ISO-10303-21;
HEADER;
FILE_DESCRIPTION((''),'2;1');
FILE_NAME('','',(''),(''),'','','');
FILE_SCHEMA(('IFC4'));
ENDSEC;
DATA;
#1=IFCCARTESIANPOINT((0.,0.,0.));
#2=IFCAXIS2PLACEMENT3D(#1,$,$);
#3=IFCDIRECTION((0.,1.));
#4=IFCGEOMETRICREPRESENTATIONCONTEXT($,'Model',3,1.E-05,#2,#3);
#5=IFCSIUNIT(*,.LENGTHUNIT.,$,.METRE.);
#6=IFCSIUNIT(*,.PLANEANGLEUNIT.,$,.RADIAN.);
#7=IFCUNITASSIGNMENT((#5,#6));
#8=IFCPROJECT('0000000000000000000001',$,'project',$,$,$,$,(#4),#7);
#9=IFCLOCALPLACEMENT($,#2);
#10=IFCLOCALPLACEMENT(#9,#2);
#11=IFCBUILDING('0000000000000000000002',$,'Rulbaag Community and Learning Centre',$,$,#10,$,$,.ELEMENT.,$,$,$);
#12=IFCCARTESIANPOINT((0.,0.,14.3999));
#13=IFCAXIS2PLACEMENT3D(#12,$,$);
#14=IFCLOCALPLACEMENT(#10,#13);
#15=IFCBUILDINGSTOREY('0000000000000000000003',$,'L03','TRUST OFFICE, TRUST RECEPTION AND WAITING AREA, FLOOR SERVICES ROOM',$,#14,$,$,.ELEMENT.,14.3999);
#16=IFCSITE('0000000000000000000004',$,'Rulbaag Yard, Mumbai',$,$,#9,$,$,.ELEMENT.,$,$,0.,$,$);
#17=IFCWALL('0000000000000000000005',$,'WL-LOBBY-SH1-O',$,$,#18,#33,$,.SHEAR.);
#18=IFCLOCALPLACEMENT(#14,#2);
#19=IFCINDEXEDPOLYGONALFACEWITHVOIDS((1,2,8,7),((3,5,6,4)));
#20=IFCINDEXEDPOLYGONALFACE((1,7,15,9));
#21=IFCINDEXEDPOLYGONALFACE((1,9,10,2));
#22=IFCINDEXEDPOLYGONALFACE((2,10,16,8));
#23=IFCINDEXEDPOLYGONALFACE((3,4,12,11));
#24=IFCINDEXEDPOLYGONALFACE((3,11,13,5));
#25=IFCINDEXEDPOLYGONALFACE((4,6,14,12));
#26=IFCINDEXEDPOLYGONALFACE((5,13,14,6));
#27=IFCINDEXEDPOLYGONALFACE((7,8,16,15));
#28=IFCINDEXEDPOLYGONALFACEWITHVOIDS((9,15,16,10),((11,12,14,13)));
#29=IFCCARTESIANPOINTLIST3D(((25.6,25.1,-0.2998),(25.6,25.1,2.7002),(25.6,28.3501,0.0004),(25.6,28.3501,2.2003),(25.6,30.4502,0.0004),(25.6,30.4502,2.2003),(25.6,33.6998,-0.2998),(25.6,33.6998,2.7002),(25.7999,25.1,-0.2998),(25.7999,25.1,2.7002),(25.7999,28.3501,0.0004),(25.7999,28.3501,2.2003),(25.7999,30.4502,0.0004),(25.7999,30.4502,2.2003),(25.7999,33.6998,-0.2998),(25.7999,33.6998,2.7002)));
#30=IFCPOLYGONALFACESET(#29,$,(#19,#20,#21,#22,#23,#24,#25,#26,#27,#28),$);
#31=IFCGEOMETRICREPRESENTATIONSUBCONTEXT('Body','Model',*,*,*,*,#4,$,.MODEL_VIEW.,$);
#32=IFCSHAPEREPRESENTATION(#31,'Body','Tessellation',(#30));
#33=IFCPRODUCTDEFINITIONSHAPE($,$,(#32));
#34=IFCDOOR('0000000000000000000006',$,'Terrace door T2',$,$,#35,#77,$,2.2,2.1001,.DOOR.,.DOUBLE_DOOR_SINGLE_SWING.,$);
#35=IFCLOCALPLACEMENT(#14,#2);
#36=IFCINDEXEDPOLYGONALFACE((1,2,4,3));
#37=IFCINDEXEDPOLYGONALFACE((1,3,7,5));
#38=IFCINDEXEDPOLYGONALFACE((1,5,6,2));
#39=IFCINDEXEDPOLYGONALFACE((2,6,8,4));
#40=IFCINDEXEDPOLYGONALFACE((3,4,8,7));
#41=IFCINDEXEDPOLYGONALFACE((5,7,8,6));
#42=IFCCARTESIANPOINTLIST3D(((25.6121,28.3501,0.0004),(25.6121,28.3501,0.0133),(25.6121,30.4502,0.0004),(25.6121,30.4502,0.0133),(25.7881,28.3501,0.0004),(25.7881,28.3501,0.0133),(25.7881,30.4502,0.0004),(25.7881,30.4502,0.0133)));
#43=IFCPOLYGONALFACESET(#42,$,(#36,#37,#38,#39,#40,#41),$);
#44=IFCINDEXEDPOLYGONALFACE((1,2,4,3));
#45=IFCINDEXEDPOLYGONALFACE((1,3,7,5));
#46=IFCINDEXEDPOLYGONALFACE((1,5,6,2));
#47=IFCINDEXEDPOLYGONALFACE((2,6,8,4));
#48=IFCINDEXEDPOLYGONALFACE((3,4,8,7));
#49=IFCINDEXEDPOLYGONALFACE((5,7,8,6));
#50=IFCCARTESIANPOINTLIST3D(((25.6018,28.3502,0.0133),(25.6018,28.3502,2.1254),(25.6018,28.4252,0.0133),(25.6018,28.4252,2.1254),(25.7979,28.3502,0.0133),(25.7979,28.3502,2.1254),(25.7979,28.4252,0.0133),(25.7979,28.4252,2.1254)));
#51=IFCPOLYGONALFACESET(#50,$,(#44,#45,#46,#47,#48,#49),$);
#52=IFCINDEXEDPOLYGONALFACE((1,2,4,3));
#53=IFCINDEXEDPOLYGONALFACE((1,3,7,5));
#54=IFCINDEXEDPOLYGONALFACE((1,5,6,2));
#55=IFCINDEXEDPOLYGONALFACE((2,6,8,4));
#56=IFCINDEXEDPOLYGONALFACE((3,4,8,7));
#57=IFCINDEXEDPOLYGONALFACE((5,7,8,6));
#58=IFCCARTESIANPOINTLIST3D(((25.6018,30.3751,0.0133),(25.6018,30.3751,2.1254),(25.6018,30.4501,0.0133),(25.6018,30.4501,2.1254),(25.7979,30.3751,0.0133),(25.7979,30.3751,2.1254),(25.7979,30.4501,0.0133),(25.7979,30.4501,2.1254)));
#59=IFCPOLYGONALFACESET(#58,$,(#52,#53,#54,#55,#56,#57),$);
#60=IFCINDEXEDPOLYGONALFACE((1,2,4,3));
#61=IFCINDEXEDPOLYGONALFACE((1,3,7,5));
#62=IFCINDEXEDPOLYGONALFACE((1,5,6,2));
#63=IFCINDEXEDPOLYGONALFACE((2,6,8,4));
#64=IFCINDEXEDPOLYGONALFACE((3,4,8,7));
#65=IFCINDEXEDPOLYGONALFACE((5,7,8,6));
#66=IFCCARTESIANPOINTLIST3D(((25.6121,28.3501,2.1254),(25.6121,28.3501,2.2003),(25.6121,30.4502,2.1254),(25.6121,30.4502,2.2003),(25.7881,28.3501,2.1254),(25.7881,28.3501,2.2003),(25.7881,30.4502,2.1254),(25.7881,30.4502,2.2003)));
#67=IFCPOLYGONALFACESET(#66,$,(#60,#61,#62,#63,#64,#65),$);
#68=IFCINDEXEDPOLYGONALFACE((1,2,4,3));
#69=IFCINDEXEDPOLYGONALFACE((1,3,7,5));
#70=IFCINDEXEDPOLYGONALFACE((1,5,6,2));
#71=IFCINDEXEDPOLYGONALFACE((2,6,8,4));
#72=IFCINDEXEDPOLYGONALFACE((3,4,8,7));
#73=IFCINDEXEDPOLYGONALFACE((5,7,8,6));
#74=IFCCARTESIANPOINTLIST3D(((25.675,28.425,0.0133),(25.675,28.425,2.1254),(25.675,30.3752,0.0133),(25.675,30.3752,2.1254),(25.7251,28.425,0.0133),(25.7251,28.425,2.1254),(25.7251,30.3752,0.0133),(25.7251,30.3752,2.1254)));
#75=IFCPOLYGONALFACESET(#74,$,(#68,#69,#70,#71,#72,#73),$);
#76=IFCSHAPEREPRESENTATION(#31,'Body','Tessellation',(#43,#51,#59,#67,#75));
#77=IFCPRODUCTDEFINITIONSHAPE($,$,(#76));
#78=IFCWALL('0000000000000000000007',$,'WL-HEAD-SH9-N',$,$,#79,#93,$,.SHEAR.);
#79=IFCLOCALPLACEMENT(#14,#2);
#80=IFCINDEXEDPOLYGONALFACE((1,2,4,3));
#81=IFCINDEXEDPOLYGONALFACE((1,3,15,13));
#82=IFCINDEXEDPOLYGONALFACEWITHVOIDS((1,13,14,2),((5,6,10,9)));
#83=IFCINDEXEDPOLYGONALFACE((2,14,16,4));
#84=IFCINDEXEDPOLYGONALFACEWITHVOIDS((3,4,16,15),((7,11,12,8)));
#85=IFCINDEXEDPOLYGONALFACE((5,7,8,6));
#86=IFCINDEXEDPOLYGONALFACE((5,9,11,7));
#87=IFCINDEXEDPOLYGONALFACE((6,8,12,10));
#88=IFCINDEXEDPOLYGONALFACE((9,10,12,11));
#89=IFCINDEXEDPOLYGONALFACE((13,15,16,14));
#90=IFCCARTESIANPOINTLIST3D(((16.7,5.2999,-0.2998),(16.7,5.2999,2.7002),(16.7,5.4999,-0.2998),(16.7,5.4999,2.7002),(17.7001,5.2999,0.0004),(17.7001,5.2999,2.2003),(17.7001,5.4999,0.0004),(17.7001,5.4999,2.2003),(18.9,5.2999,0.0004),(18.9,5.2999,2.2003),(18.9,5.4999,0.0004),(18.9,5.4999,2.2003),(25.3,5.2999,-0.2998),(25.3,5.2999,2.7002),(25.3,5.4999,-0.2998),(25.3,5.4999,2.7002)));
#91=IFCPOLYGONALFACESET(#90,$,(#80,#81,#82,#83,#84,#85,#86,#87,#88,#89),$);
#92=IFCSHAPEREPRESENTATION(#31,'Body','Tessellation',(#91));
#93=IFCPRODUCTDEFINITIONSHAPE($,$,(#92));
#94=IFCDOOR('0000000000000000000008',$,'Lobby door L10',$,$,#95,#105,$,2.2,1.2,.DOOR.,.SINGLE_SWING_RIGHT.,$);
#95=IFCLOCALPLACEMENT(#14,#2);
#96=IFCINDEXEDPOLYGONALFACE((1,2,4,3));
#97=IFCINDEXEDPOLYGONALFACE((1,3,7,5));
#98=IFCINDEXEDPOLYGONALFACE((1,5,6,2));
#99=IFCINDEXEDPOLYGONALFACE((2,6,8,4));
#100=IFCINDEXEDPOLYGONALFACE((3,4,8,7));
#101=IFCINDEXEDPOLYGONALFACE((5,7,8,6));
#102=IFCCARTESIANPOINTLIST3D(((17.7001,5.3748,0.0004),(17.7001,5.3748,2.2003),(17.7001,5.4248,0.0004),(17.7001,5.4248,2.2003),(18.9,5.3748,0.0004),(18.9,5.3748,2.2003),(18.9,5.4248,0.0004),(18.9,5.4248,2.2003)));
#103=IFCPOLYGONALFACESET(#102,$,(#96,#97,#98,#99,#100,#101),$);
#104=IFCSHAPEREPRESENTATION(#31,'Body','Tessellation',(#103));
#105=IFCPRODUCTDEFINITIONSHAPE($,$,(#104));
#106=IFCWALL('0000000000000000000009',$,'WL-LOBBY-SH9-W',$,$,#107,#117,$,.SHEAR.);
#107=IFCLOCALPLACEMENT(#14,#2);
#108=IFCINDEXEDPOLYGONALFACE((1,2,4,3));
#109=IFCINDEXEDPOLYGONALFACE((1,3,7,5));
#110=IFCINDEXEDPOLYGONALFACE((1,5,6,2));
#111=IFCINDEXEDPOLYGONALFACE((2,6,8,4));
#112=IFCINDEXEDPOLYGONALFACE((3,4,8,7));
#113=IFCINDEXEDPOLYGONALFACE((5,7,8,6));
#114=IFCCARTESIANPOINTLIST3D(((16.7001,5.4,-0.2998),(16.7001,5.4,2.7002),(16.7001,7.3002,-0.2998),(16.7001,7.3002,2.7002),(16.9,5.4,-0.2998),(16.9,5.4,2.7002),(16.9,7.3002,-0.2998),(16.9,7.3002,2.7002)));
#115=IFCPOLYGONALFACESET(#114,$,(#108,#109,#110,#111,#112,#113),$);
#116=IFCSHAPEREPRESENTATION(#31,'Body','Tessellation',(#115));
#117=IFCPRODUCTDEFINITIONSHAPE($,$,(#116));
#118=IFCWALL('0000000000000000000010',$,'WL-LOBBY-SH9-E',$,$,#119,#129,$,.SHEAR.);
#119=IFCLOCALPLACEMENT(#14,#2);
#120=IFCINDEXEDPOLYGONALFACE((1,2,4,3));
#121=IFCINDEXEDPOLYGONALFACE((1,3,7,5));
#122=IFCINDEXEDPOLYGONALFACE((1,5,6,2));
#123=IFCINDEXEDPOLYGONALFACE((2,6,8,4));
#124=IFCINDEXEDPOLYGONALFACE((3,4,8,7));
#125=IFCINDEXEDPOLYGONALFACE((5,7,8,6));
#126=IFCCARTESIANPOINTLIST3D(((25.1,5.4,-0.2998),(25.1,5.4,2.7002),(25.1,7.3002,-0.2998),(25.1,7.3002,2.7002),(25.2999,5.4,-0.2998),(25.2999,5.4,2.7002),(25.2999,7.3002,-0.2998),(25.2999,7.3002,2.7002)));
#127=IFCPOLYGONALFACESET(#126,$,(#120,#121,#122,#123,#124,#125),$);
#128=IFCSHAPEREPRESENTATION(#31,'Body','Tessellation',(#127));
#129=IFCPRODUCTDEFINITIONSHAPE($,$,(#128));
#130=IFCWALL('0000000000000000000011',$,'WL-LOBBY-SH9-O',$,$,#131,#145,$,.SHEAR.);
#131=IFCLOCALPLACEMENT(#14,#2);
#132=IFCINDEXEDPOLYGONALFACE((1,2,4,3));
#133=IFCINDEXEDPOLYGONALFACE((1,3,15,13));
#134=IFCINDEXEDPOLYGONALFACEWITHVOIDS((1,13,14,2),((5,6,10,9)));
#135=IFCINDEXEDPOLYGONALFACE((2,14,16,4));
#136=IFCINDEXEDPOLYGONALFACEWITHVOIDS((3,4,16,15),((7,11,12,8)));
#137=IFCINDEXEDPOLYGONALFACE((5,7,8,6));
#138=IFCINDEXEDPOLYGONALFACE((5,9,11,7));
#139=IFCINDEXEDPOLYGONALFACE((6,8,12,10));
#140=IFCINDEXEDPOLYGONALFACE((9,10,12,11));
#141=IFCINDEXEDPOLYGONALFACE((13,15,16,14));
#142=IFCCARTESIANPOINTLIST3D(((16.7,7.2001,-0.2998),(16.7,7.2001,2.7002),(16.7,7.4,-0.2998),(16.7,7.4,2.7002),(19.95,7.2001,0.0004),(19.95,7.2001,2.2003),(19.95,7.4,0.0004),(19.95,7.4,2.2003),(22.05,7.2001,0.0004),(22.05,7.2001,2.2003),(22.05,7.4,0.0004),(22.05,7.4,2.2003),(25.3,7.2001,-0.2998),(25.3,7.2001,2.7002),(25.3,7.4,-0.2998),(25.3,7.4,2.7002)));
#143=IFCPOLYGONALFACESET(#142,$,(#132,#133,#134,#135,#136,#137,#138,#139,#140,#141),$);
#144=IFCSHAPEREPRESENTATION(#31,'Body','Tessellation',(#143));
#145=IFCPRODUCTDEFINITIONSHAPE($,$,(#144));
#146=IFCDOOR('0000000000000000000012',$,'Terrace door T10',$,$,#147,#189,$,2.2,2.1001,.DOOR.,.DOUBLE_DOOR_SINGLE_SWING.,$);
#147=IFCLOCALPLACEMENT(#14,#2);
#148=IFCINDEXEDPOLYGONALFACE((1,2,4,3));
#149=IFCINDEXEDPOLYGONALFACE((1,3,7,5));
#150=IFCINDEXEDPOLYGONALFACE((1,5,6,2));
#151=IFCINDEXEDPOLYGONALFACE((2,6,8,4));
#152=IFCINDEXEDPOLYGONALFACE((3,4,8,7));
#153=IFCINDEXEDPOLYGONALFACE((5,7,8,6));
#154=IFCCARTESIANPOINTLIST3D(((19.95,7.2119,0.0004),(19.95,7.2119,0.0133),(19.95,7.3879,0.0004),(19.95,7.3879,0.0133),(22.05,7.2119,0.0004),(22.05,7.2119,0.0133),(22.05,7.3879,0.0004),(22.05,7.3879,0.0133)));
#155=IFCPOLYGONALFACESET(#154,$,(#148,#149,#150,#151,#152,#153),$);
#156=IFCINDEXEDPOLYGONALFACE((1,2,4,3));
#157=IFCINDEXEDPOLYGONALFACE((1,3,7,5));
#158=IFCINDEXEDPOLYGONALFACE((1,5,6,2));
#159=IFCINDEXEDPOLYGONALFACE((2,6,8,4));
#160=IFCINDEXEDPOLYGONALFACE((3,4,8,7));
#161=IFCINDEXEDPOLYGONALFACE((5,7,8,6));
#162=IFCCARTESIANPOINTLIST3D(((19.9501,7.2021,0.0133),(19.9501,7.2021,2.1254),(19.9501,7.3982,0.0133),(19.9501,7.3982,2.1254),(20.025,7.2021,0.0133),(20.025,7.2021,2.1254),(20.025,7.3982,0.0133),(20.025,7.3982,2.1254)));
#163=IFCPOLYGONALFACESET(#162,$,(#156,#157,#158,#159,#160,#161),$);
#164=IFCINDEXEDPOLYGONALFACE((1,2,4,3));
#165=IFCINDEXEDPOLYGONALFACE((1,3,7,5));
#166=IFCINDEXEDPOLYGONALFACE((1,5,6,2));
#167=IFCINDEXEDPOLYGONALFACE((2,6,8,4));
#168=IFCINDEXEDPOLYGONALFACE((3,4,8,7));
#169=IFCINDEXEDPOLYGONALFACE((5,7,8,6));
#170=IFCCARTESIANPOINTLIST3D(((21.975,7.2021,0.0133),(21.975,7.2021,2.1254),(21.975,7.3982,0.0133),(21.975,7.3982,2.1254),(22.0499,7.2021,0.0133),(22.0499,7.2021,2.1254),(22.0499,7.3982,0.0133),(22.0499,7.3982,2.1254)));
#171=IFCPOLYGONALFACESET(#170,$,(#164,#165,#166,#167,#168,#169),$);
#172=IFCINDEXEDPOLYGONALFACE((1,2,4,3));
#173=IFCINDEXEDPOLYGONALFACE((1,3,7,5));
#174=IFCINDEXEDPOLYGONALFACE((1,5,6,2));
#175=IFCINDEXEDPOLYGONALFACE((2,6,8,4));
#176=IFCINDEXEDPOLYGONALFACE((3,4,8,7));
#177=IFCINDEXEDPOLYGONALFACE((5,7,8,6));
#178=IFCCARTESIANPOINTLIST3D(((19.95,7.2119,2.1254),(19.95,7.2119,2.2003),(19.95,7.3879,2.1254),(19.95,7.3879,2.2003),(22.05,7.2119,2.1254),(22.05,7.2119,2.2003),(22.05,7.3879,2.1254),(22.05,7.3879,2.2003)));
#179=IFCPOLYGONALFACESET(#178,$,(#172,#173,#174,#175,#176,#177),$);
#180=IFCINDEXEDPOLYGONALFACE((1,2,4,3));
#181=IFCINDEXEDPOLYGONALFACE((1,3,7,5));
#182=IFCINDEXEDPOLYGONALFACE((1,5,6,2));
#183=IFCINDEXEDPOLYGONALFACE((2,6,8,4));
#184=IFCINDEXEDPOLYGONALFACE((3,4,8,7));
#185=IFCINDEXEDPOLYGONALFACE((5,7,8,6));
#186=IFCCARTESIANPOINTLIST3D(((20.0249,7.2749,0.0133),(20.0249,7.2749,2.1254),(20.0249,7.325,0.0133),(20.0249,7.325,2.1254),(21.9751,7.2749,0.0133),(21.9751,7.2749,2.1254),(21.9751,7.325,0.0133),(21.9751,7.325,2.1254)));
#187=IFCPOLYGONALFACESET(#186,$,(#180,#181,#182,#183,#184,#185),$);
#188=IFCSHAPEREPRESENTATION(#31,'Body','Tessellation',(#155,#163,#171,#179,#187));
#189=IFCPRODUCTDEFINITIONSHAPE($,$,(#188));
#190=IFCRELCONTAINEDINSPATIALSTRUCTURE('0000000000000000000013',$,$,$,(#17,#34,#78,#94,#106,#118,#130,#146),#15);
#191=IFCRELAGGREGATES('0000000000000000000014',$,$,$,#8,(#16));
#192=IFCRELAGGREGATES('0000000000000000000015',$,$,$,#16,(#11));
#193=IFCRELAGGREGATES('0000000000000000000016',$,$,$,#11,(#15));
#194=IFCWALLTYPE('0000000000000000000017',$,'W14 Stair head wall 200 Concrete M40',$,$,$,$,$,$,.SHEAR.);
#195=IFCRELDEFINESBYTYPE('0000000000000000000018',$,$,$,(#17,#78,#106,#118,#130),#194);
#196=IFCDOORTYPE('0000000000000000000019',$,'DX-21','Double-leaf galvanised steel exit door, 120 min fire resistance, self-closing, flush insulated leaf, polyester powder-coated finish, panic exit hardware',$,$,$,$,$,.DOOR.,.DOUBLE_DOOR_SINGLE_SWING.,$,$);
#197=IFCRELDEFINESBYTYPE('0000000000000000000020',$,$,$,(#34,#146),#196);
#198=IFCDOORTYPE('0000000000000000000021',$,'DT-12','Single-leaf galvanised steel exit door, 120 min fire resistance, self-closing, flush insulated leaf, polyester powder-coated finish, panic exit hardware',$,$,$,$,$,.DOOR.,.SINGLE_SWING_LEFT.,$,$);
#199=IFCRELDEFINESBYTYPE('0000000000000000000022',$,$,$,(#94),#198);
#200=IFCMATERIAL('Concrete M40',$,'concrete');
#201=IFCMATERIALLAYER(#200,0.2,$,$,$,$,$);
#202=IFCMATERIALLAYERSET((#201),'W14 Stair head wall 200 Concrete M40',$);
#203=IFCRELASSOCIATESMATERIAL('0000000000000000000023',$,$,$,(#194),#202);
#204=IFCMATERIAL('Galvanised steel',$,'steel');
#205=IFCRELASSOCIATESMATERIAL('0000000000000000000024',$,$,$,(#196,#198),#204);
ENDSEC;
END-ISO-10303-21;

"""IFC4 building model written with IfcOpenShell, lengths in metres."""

from ifc_helpers import new_model, si_unit, direction, frame, frame_2d, origin, place, context, subcontext, project, spatial, rectangle, extrude, material, layer, layer_set, type_object, element, fill, save


model = new_model("IFC4")

# Units and contexts
model_context = context("Model", 3, precision=1e-05, world=origin(), true_north=direction((0.0, 1.0)))
body_context = subcontext(model_context, "Body", "Model", "MODEL_VIEW")
ifc_project = project(units=[si_unit("LENGTHUNIT", "METRE"), si_unit("PLANEANGLEUNIT", "RADIAN")], contexts=[model_context])

# Site, building, storey
site_placement = place(None, origin())
site = spatial("IfcSite", under=ifc_project, at=site_placement, Name="Rulbaag Yard, Mumbai", CompositionType="ELEMENT", RefElevation=0.0)
building_placement = place(site_placement, origin())
building = spatial("IfcBuilding", under=site, at=building_placement, Name="Rulbaag Community and Learning Centre", CompositionType="ELEMENT")
storey_placement = place(building_placement, frame((0.0, 0.0, 14.3999)))
storey = spatial("IfcBuildingStorey", under=building, at=storey_placement, Name="L03", Description="TRUST OFFICE, TRUST RECEPTION AND WAITING AREA, FLOOR SERVICES ROOM", CompositionType="ELEMENT", Elevation=14.3999)

# Shared definitions
ifc_material_1 = material(Name="Concrete M40", Category="concrete")

# Shared definitions
ifc_layer_1 = layer(ifc_material_1, 0.2)
ifc_layer_set_1 = layer_set([ifc_layer_1], Name="W14 Stair head wall 200 Concrete M40")
wall_type_1 = type_object("IfcWallType", Name="W14 Stair head wall 200 Concrete M40", PredefinedType="SHEAR", material=ifc_layer_set_1)

# Walls, openings, doors
wall_1_placement = place(storey_placement, frame((25.7, 25.1001, -0.2998), z_axis=(0.0, 0.0, 1.0), x_axis=(0.0, 1.0, 0.0)))
wall_1 = element("IfcWall", 1, at=wall_1_placement, inside=storey, type_object=wall_type_1, Name="WL-LOBBY-SH1-O", PredefinedType="SHEAR", context=body_context, shape_type="SweptSolid", body=[
    extrude(rectangle(XDim=8.5999, YDim=0.2, at=frame_2d((4.2998, 0.0))), origin(), (0.0, 0.0, 1.0), 3.0),
])
opening_1_placement = place(wall_1_placement, frame((3.25, 0.0, 0.3)))
opening_1 = element("IfcOpeningElement", 2, at=opening_1_placement, cuts=wall_1, PredefinedType="OPENING", context=body_context, shape_type="SweptSolid", body=[
    extrude(rectangle(XDim=2.1001, YDim=2.2, at=frame_2d((1.05, 1.1001))), frame((0.0, 0.1099, 0.0), z_axis=(0.0, -1.0, 0.0), x_axis=(1.0, 0.0, 0.0)), (0.0, 0.0, 1.0), 0.22),
])
ifc_material_2 = material(Name="Galvanised steel", Category="steel")
door_type_1 = type_object("IfcDoorType", Name="DX-21", Description="Double-leaf galvanised steel exit door, 120 min fire resistance, self-closing, flush insulated leaf, polyester powder-coated finish, panic exit hardware", OperationType="DOUBLE_DOOR_SINGLE_SWING", PredefinedType="DOOR", material=ifc_material_2)
door_1_placement = place(opening_1_placement, origin())
door_1 = element("IfcDoor", 3, at=door_1_placement, inside=storey, type_object=door_type_1, Name="Terrace door T2", OperationType="DOUBLE_DOOR_SINGLE_SWING", OverallHeight=2.2, OverallWidth=2.1001, PredefinedType="DOOR", context=body_context, shape_type="SweptSolid", body=[
    extrude(rectangle(XDim=2.1001, YDim=0.0129, at=frame_2d((1.05, 0.0066))), frame((0.0, 0.0879, 0.0), z_axis=(0.0, -1.0, 0.0), x_axis=(1.0, 0.0, 0.0)), (0.0, 0.0, 1.0), 0.176),
    extrude(rectangle(XDim=0.075, YDim=2.1121, at=frame_2d((0.0376, 1.0691))), frame((0.0, 0.0981, 0.0), z_axis=(0.0, -1.0, 0.0), x_axis=(1.0, 0.0, 0.0)), (0.0, 0.0, 1.0), 0.196),
    extrude(rectangle(XDim=0.075, YDim=2.1121, at=frame_2d((2.0625, 1.0691))), frame((0.0, 0.0981, 0.0), z_axis=(0.0, -1.0, 0.0), x_axis=(1.0, 0.0, 0.0)), (0.0, 0.0, 1.0), 0.196),
    extrude(rectangle(XDim=2.1001, YDim=0.075, at=frame_2d((1.05, 2.1626))), frame((0.0, 0.0879, 0.0), z_axis=(0.0, -1.0, 0.0), x_axis=(1.0, 0.0, 0.0)), (0.0, 0.0, 1.0), 0.176),
    extrude(rectangle(XDim=1.9502, YDim=2.1121, at=frame_2d((1.05, 1.0691))), frame((0.0, 0.0249, 0.0), z_axis=(0.0, -1.0, 0.0), x_axis=(1.0, 0.0, 0.0)), (0.0, 0.0, 1.0), 0.05),
])
fill(opening_1, door_1)
wall_2_placement = place(storey_placement, frame((16.7, 5.3999, -0.2998), z_axis=(0.0, 0.0, 1.0), x_axis=(1.0, 0.0, 0.0)))
wall_2 = element("IfcWall", 4, at=wall_2_placement, inside=storey, type_object=wall_type_1, Name="WL-HEAD-SH9-N", PredefinedType="SHEAR", context=body_context, shape_type="SweptSolid", body=[
    extrude(rectangle(XDim=8.6001, YDim=0.2, at=frame_2d((4.3, 0.0))), origin(), (0.0, 0.0, 1.0), 3.0),
])
opening_2_placement = place(wall_2_placement, frame((1.0, 0.0, 0.3)))
opening_2 = element("IfcOpeningElement", 5, at=opening_2_placement, cuts=wall_2, PredefinedType="OPENING", context=body_context, shape_type="SweptSolid", body=[
    extrude(rectangle(XDim=1.2, YDim=2.2, at=frame_2d((0.6001, 1.1001))), frame((0.0, 0.1099, 0.0), z_axis=(0.0, -1.0, 0.0), x_axis=(1.0, 0.0, 0.0)), (0.0, 0.0, 1.0), 0.22),
])
door_type_2 = type_object("IfcDoorType", Name="DT-12", Description="Single-leaf galvanised steel exit door, 120 min fire resistance, self-closing, flush insulated leaf, polyester powder-coated finish, panic exit hardware", OperationType="SINGLE_SWING_LEFT", PredefinedType="DOOR", material=ifc_material_2)
door_2_placement = place(opening_2_placement, origin())
door_2 = element("IfcDoor", 6, at=door_2_placement, inside=storey, type_object=door_type_2, Name="Lobby door L10", OperationType="SINGLE_SWING_RIGHT", OverallHeight=2.2, OverallWidth=1.2, PredefinedType="DOOR", context=body_context, shape_type="SweptSolid", body=[
    extrude(rectangle(XDim=1.2, YDim=2.2, at=frame_2d((0.6001, 1.1001))), frame((0.0, 0.0249, 0.0), z_axis=(0.0, -1.0, 0.0), x_axis=(1.0, 0.0, 0.0)), (0.0, 0.0, 1.0), 0.05),
])
fill(opening_2, door_2)

# Walls
for number, where, z_axis, x_axis, name in (
    (7, (16.8, 5.3999, -0.2998), (0.0, 0.0, 1.0), (0.0, 1.0, 0.0), "WL-LOBBY-SH9-W"),
    (8, (25.2, 5.3999, -0.2998), (0.0, 0.0, 1.0), (0.0, 1.0, 0.0), "WL-LOBBY-SH9-E"),
):
    element("IfcWall", number, at=place(storey_placement, frame(where, z_axis=z_axis, x_axis=x_axis)), inside=storey, type_object=wall_type_1, Name=name, PredefinedType="SHEAR", context=body_context, shape_type="SweptSolid", body=[
        extrude(rectangle(XDim=1.9001, YDim=0.2, at=frame_2d((0.9502, 0.0))), origin(), (0.0, 0.0, 1.0), 3.0),
    ])

# Wall, opening, door
wall_3_placement = place(storey_placement, frame((16.7, 7.3, -0.2998), z_axis=(0.0, 0.0, 1.0), x_axis=(1.0, 0.0, 0.0)))
wall_3 = element("IfcWall", 9, at=wall_3_placement, inside=storey, type_object=wall_type_1, Name="WL-LOBBY-SH9-O", PredefinedType="SHEAR", context=body_context, shape_type="SweptSolid", body=[
    extrude(rectangle(XDim=8.6001, YDim=0.2, at=frame_2d((4.3, 0.0))), origin(), (0.0, 0.0, 1.0), 3.0),
])
opening_3_placement = place(wall_3_placement, frame((3.25, 0.0, 0.3)))
opening_3 = element("IfcOpeningElement", 10, at=opening_3_placement, cuts=wall_3, PredefinedType="OPENING", context=body_context, shape_type="SweptSolid", body=[
    extrude(rectangle(XDim=2.1001, YDim=2.2, at=frame_2d((1.05, 1.1001))), frame((0.0, 0.1099, 0.0), z_axis=(0.0, -1.0, 0.0), x_axis=(1.0, 0.0, 0.0)), (0.0, 0.0, 1.0), 0.22),
])
door_3_placement = place(opening_3_placement, origin())
door_3 = element("IfcDoor", 11, at=door_3_placement, inside=storey, type_object=door_type_1, Name="Terrace door T10", OperationType="DOUBLE_DOOR_SINGLE_SWING", OverallHeight=2.2, OverallWidth=2.1001, PredefinedType="DOOR", context=body_context, shape_type="SweptSolid", body=[
    extrude(rectangle(XDim=2.1001, YDim=0.0129, at=frame_2d((1.05, 0.0066))), frame((0.0, 0.0879, 0.0), z_axis=(0.0, -1.0, 0.0), x_axis=(1.0, 0.0, 0.0)), (0.0, 0.0, 1.0), 0.176),
    extrude(rectangle(XDim=0.075, YDim=2.1121, at=frame_2d((0.0376, 1.0691))), frame((0.0, 0.0981, 0.0), z_axis=(0.0, -1.0, 0.0), x_axis=(1.0, 0.0, 0.0)), (0.0, 0.0, 1.0), 0.196),
    extrude(rectangle(XDim=0.075, YDim=2.1121, at=frame_2d((2.0625, 1.0691))), frame((0.0, 0.0981, 0.0), z_axis=(0.0, -1.0, 0.0), x_axis=(1.0, 0.0, 0.0)), (0.0, 0.0, 1.0), 0.196),
    extrude(rectangle(XDim=2.1001, YDim=0.075, at=frame_2d((1.05, 2.1626))), frame((0.0, 0.0879, 0.0), z_axis=(0.0, -1.0, 0.0), x_axis=(1.0, 0.0, 0.0)), (0.0, 0.0, 1.0), 0.176),
    extrude(rectangle(XDim=1.9502, YDim=2.1121, at=frame_2d((1.05, 1.0691))), frame((0.0, 0.0249, 0.0), z_axis=(0.0, -1.0, 0.0), x_axis=(1.0, 0.0, 0.0)), (0.0, 0.0, 1.0), 0.05),
])
fill(opening_3, door_3)

save(model, "model.ifc")
